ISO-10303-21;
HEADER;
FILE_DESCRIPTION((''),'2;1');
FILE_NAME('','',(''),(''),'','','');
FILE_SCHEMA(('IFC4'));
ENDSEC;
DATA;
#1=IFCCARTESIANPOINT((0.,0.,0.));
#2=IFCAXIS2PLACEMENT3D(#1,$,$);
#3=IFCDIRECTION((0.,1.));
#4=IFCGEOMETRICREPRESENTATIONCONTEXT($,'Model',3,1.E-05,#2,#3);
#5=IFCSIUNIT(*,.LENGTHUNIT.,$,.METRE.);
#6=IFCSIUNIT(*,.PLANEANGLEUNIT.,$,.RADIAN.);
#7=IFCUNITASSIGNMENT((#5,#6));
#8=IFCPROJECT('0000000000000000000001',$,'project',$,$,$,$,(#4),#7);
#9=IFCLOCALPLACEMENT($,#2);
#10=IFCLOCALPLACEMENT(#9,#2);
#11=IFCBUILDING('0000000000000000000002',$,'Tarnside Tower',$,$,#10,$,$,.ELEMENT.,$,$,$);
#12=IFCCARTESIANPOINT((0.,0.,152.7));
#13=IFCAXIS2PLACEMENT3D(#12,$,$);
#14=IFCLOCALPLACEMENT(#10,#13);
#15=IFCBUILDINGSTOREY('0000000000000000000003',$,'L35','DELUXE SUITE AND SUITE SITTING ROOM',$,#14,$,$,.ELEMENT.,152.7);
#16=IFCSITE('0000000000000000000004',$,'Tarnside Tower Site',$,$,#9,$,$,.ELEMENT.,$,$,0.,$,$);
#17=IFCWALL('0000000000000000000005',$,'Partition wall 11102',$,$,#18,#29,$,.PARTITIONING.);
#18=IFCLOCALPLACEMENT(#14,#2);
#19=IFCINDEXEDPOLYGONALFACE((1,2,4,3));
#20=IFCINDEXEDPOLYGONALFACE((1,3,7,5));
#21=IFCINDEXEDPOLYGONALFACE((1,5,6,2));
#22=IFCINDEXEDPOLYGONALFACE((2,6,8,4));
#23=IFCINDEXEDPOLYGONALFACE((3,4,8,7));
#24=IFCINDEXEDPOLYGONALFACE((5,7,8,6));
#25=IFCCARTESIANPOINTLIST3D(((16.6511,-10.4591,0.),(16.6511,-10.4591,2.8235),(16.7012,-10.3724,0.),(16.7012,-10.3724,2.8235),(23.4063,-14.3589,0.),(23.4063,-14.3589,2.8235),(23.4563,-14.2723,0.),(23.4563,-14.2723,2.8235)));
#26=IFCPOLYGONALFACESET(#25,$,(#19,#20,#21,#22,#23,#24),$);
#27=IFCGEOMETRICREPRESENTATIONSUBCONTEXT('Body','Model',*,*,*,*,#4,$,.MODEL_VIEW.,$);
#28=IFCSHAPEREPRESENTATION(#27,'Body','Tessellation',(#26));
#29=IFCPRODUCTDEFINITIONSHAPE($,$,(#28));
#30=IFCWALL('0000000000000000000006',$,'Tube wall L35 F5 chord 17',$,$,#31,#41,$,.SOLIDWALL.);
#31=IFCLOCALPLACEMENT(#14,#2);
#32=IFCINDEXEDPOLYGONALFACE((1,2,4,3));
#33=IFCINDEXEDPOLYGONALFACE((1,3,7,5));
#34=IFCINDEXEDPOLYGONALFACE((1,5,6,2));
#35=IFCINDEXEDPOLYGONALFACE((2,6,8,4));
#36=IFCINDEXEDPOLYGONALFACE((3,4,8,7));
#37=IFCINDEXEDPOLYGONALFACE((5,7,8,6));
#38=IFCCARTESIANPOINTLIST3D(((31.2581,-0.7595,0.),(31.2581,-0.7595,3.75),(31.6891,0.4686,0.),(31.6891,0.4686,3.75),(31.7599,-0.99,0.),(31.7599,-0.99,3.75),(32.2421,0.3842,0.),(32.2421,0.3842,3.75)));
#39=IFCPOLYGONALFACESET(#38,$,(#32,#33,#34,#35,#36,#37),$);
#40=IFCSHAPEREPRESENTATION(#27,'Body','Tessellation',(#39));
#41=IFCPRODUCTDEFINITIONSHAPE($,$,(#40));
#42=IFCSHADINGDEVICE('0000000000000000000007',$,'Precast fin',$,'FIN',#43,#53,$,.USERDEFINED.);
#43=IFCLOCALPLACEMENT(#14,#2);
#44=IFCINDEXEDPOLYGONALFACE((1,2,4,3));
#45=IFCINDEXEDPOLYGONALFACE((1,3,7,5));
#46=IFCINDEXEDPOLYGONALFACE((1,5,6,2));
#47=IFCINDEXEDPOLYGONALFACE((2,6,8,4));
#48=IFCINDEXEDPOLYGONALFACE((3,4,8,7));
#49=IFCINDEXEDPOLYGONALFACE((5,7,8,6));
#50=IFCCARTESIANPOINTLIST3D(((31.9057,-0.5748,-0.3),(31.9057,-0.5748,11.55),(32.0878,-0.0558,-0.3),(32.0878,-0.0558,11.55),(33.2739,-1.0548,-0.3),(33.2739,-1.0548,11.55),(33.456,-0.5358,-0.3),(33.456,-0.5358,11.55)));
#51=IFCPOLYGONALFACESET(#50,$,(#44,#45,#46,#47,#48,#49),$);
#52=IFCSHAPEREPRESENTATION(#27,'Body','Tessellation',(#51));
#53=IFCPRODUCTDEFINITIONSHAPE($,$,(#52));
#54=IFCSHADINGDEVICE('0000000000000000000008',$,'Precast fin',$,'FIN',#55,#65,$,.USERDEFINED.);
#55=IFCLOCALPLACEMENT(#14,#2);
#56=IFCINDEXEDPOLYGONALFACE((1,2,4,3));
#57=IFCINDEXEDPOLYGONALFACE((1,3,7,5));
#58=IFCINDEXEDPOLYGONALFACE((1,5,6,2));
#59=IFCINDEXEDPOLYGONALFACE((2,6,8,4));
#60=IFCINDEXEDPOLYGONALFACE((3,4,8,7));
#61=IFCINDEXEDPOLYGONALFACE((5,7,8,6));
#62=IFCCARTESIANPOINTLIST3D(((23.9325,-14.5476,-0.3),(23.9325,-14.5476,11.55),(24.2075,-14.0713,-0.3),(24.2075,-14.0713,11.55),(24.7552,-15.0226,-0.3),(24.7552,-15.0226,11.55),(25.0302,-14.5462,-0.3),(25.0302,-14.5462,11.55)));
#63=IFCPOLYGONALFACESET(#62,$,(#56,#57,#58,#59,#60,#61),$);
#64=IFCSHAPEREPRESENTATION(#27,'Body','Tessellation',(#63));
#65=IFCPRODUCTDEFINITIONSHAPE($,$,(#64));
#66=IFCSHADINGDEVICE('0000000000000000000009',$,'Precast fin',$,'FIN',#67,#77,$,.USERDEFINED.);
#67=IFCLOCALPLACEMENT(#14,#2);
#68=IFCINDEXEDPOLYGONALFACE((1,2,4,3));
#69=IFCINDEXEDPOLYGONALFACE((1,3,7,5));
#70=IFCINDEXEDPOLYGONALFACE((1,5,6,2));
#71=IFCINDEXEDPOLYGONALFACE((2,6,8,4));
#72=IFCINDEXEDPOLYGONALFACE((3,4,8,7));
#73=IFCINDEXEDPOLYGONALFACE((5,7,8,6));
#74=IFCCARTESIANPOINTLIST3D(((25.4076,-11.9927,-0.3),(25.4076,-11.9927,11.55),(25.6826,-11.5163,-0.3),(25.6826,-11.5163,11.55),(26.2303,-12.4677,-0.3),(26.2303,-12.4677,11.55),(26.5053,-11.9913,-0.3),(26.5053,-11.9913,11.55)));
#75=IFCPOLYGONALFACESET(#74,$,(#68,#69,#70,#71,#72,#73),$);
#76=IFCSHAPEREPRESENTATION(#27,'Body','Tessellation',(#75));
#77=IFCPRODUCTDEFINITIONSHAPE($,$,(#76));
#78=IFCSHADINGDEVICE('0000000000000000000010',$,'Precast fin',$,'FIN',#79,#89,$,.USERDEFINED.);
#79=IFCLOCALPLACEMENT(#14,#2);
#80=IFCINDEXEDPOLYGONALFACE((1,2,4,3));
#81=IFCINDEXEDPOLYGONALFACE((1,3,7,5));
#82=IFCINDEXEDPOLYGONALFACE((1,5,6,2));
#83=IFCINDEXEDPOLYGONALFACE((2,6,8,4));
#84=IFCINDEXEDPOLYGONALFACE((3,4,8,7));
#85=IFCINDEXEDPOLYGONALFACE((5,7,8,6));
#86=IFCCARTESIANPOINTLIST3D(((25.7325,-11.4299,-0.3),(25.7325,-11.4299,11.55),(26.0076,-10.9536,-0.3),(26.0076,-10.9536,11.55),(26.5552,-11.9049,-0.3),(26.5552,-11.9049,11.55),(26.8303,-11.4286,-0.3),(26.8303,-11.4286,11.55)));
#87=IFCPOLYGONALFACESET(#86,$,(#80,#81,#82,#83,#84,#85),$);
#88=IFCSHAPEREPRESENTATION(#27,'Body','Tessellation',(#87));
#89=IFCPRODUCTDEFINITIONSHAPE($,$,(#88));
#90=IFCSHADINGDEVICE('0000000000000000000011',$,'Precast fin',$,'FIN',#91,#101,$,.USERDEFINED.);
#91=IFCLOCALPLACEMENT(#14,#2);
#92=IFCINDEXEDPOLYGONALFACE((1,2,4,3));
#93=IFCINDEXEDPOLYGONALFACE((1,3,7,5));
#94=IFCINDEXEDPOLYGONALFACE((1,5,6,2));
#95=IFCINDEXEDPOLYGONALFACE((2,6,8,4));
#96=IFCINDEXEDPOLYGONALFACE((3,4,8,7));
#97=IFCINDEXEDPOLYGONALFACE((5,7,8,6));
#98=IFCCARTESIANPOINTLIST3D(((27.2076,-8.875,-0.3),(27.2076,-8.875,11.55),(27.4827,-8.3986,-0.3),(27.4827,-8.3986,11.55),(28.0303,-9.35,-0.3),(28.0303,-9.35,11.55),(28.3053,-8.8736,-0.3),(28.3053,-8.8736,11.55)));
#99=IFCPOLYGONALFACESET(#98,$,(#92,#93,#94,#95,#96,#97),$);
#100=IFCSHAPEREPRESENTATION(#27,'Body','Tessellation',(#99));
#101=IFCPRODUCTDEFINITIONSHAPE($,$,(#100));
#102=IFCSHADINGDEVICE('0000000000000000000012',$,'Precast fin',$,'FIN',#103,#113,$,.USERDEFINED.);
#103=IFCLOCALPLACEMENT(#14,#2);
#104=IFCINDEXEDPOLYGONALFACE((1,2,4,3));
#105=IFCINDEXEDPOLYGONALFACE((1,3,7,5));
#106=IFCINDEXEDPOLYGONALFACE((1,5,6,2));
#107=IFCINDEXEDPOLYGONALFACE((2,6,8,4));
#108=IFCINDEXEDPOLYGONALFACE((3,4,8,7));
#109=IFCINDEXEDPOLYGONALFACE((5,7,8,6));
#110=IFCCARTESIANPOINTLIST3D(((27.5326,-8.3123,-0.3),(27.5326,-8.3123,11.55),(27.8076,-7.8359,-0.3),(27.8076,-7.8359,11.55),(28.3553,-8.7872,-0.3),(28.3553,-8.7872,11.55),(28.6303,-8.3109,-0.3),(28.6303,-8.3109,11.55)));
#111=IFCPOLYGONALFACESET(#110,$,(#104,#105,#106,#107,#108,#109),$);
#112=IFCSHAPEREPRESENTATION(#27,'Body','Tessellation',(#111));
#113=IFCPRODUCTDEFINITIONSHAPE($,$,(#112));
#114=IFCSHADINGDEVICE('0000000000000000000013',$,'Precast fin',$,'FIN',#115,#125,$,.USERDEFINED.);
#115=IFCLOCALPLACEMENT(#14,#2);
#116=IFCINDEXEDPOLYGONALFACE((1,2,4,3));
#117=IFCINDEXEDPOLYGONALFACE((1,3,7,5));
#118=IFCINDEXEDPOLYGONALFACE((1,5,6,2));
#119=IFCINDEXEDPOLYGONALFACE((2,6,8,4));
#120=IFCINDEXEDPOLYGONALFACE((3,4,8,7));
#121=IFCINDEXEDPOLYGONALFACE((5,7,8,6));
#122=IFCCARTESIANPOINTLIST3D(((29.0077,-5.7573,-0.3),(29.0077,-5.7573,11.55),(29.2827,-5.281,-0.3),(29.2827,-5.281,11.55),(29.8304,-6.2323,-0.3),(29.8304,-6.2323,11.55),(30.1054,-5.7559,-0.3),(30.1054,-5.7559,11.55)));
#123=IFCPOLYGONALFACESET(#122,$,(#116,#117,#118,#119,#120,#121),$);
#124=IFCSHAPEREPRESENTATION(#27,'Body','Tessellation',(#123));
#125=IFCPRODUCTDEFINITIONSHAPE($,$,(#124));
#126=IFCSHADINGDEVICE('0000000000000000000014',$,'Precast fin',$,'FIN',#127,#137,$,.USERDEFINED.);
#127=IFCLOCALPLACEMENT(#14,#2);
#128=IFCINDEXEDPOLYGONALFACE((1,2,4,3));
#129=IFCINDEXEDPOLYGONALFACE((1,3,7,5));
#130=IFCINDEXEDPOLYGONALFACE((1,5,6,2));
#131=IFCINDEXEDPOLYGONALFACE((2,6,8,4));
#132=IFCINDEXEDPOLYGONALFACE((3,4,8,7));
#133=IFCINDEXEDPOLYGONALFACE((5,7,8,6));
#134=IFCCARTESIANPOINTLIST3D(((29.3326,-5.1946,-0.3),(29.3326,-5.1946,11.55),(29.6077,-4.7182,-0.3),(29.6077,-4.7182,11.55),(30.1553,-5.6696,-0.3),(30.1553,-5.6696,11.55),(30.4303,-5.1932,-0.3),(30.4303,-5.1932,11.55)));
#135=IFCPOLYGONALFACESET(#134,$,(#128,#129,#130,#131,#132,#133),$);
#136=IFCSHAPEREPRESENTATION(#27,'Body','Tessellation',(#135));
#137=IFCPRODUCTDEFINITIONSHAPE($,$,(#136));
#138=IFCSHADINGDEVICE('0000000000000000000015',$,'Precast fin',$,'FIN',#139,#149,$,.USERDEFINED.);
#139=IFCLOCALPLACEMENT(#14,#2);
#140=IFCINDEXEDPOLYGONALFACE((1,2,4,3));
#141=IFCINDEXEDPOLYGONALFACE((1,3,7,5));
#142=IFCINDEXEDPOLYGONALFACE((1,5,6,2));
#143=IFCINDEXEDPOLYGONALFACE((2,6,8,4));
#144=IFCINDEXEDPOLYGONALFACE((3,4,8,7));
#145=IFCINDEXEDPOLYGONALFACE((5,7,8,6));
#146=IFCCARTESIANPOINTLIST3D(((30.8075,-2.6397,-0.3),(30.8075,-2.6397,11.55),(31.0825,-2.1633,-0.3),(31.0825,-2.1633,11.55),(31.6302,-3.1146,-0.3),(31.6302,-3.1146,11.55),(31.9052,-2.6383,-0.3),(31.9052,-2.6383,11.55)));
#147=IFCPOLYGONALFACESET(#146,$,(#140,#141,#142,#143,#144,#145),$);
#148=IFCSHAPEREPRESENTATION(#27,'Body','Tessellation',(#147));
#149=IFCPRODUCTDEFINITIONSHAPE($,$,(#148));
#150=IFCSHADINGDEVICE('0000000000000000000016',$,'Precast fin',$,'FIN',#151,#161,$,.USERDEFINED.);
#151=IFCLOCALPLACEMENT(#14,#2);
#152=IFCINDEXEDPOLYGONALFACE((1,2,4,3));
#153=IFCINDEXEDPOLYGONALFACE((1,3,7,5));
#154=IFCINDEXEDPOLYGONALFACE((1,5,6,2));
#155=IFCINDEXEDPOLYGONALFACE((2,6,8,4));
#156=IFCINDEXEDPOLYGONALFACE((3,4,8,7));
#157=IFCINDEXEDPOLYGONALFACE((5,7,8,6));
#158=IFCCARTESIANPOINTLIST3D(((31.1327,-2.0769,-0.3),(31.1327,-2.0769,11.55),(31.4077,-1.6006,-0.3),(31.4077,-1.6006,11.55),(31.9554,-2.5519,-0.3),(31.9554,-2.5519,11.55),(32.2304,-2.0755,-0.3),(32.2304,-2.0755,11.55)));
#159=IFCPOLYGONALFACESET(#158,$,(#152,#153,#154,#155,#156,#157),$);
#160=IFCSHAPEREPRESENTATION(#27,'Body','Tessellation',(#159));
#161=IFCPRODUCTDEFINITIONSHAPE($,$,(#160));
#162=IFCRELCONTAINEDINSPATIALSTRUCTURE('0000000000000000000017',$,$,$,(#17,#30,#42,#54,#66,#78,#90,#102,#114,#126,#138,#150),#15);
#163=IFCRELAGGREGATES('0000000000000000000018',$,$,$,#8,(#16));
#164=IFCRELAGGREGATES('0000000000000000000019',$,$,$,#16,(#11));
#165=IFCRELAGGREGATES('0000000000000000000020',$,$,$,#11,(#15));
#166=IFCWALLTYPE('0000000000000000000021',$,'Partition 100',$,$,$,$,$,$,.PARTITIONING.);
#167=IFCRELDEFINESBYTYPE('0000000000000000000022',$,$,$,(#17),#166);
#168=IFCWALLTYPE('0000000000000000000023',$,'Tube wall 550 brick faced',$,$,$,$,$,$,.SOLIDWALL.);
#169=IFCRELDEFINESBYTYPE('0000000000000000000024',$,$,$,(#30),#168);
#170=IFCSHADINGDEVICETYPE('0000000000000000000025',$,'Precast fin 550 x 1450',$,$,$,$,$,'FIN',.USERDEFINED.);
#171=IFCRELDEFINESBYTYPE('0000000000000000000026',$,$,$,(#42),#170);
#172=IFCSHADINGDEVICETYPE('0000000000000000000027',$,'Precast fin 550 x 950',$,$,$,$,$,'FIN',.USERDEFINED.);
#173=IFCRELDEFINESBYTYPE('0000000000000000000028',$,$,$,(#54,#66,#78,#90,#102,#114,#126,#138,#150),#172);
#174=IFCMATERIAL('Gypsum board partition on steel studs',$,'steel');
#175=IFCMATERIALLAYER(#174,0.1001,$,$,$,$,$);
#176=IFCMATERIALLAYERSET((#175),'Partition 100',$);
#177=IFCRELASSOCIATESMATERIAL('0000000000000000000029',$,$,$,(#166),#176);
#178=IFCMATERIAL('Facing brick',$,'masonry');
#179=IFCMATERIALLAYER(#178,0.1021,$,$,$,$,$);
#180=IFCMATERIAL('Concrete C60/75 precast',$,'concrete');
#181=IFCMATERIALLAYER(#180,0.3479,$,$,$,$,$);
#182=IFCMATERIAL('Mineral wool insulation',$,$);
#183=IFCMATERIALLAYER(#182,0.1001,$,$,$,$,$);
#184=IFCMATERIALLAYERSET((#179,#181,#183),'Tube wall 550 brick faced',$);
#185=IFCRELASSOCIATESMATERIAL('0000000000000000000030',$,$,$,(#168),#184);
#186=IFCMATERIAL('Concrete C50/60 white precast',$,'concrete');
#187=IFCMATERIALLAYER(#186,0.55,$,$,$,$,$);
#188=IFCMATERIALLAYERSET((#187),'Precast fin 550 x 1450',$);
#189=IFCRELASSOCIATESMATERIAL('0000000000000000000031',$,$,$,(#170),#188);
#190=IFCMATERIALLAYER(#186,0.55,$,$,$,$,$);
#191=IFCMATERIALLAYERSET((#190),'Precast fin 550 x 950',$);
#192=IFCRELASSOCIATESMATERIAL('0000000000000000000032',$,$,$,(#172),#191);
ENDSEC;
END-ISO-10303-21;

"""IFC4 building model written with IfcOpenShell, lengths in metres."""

from ifc_helpers import new_model, si_unit, direction, frame, frame_2d, origin, place, context, subcontext, project, spatial, polyline, rectangle, outline, extrude, material, layer, layer_set, type_object, element, save


model = new_model("IFC4")

# Units and contexts
model_context = context("Model", 3, precision=1e-05, world=origin(), true_north=direction((0.0, 1.0)))
body_context = subcontext(model_context, "Body", "Model", "MODEL_VIEW")
ifc_project = project(units=[si_unit("LENGTHUNIT", "METRE"), si_unit("PLANEANGLEUNIT", "RADIAN")], contexts=[model_context])

# Site, building, storey
site_placement = place(None, origin())
site = spatial("IfcSite", under=ifc_project, at=site_placement, Name="Tarnside Tower Site", CompositionType="ELEMENT", RefElevation=0.0)
building_placement = place(site_placement, origin())
building = spatial("IfcBuilding", under=site, at=building_placement, Name="Tarnside Tower", CompositionType="ELEMENT")
storey_placement = place(building_placement, frame((0.0, 0.0, 152.7)))
storey = spatial("IfcBuildingStorey", under=building, at=storey_placement, Name="L35", Description="DELUXE SUITE AND SUITE SITTING ROOM", CompositionType="ELEMENT", Elevation=152.7)

# Shared definitions
ifc_material_1 = material(Name="Gypsum board partition on steel studs", Category="steel")

# Shared definitions
ifc_layer_1 = layer(ifc_material_1, 0.1001)
ifc_layer_set_1 = layer_set([ifc_layer_1], Name="Partition 100")
wall_type_1 = type_object("IfcWallType", Name="Partition 100", PredefinedType="PARTITIONING", material=ifc_layer_set_1)

# Walls
wall_1_placement = place(storey_placement, frame((16.6763, -10.4158, 0.0), z_axis=(0.0, 0.0, 1.0), x_axis=(0.866035, -0.499983, 0.0)))
element("IfcWall", 1, at=wall_1_placement, inside=storey, type_object=wall_type_1, Name="Partition wall 11102", PredefinedType="PARTITIONING", context=body_context, shape_type="SweptSolid", body=[
    extrude(rectangle(XDim=7.8, YDim=0.1001, at=frame_2d((3.8999, 0.0))), origin(), (0.0, 0.0, 1.0), 2.8235),
])
ifc_material_2 = material(Name="Facing brick", Category="masonry")
ifc_layer_2 = layer(ifc_material_2, 0.1021)
ifc_material_3 = material(Name="Concrete C60/75 precast", Category="concrete")
ifc_layer_3 = layer(ifc_material_3, 0.3479)
ifc_material_4 = material(Name="Mineral wool insulation")
ifc_layer_4 = layer(ifc_material_4, 0.1001)
ifc_layer_set_2 = layer_set([ifc_layer_2, ifc_layer_3, ifc_layer_4], Name="Tube wall 550 brick faced")
wall_type_2 = type_object("IfcWallType", Name="Tube wall 550 brick faced", PredefinedType="SOLIDWALL", material=ifc_layer_set_2)
wall_2_placement = place(storey_placement, frame((31.509, -0.8748, 0.0), z_axis=(0.0, 0.0, 1.0), x_axis=(0.331115, 0.94359, 0.0)))
element("IfcWall", 2, at=wall_2_placement, inside=storey, type_object=wall_type_2, Name="Tube wall L35 F5 chord 17", PredefinedType="SOLIDWALL", context=body_context, shape_type="SweptSolid", body=[
    extrude(outline(polyline([(-0.0256, -0.2749), (1.4307, -0.2749), (1.3271, 0.2749), (0.0256, 0.2749), (-0.0256, -0.2749)])), origin(), (0.0, 0.0, 1.0), 3.75),
])

# Shading devices
ifc_material_5 = material(Name="Concrete C50/60 white precast", Category="concrete")
ifc_layer_5 = layer(ifc_material_5, 0.55)
ifc_layer_set_3 = layer_set([ifc_layer_5], Name="Precast fin 550 x 1450")
shading_device_type_1 = type_object("IfcShadingDeviceType", Name="Precast fin 550 x 1450", ElementType="FIN", PredefinedType="USERDEFINED", material=ifc_layer_set_3)
shading_device_placement = place(storey_placement, frame((31.9968, -0.3152, -0.3), z_axis=(-0.331063, -0.943609, 0.0), x_axis=(0.943609, -0.331063, 0.0)))
element("IfcShadingDevice", 3, at=shading_device_placement, inside=storey, type_object=shading_device_type_1, Name="Precast fin", ObjectType="FIN", PredefinedType="USERDEFINED", context=body_context, shape_type="SweptSolid", body=[
    extrude(outline(polyline([(0.0, 0.0), (1.45, 0.0), (1.45, 11.8501), (0.0, 11.8501), (0.0, 0.0)])), frame((0.0, 0.0, -0.2749)), (0.0, 0.0, 1.0), 0.55),
])
ifc_layer_6 = layer(ifc_material_5, 0.55)
ifc_layer_set_4 = layer_set([ifc_layer_6], Name="Precast fin 550 x 950")
shading_device_type_2 = type_object("IfcShadingDeviceType", Name="Precast fin 550 x 950", ElementType="FIN", PredefinedType="USERDEFINED", material=ifc_layer_set_4)
for number, where, z_axis, x_axis, name in (
    (4, (24.0701, -14.3093, -0.3), (-0.5, -0.866025, 0.0), (0.866025, -0.5, 0.0), "Precast fin"),
    (5, (25.5452, -11.7544, -0.3), (-0.5, -0.866025, 0.0), (0.866025, -0.5, 0.0), "Precast fin"),
    (6, (25.8701, -11.1917, -0.3), (-0.5, -0.866025, 0.0), (0.866025, -0.5, 0.0), "Precast fin"),
    (7, (27.3452, -8.6367, -0.3), (-0.5, -0.866025, 0.0), (0.866025, -0.5, 0.0), "Precast fin"),
    (8, (27.6702, -8.074, -0.3), (-0.5, -0.866025, 0.0), (0.866025, -0.5, 0.0), "Precast fin"),
    (9, (29.1453, -5.519, -0.3), (-0.5, -0.866025, 0.0), (0.866025, -0.5, 0.0), "Precast fin"),
    (10, (29.4702, -4.9563, -0.3), (-0.5, -0.866025, 0.0), (0.866025, -0.5, 0.0), "Precast fin"),
    (11, (30.9451, -2.4014, -0.3), (-0.5, -0.866025, 0.0), (0.866025, -0.5, 0.0), "Precast fin"),
    (12, (31.2703, -1.8386, -0.3), (-0.5, -0.866025, 0.0), (0.866025, -0.5, 0.0), "Precast fin"),
):
    element("IfcShadingDevice", number, at=place(storey_placement, frame(where, z_axis=z_axis, x_axis=x_axis)), inside=storey, type_object=shading_device_type_2, Name=name, ObjectType="FIN", PredefinedType="USERDEFINED", context=body_context, shape_type="SweptSolid", body=[
        extrude(outline(polyline([(0.0, 0.0), (0.95, 0.0), (0.95, 11.8501), (0.0, 11.8501), (0.0, 0.0)])), frame((0.0, 0.0, -0.2749)), (0.0, 0.0, 1.0), 0.55),
    ])

save(model, "model.ifc")
